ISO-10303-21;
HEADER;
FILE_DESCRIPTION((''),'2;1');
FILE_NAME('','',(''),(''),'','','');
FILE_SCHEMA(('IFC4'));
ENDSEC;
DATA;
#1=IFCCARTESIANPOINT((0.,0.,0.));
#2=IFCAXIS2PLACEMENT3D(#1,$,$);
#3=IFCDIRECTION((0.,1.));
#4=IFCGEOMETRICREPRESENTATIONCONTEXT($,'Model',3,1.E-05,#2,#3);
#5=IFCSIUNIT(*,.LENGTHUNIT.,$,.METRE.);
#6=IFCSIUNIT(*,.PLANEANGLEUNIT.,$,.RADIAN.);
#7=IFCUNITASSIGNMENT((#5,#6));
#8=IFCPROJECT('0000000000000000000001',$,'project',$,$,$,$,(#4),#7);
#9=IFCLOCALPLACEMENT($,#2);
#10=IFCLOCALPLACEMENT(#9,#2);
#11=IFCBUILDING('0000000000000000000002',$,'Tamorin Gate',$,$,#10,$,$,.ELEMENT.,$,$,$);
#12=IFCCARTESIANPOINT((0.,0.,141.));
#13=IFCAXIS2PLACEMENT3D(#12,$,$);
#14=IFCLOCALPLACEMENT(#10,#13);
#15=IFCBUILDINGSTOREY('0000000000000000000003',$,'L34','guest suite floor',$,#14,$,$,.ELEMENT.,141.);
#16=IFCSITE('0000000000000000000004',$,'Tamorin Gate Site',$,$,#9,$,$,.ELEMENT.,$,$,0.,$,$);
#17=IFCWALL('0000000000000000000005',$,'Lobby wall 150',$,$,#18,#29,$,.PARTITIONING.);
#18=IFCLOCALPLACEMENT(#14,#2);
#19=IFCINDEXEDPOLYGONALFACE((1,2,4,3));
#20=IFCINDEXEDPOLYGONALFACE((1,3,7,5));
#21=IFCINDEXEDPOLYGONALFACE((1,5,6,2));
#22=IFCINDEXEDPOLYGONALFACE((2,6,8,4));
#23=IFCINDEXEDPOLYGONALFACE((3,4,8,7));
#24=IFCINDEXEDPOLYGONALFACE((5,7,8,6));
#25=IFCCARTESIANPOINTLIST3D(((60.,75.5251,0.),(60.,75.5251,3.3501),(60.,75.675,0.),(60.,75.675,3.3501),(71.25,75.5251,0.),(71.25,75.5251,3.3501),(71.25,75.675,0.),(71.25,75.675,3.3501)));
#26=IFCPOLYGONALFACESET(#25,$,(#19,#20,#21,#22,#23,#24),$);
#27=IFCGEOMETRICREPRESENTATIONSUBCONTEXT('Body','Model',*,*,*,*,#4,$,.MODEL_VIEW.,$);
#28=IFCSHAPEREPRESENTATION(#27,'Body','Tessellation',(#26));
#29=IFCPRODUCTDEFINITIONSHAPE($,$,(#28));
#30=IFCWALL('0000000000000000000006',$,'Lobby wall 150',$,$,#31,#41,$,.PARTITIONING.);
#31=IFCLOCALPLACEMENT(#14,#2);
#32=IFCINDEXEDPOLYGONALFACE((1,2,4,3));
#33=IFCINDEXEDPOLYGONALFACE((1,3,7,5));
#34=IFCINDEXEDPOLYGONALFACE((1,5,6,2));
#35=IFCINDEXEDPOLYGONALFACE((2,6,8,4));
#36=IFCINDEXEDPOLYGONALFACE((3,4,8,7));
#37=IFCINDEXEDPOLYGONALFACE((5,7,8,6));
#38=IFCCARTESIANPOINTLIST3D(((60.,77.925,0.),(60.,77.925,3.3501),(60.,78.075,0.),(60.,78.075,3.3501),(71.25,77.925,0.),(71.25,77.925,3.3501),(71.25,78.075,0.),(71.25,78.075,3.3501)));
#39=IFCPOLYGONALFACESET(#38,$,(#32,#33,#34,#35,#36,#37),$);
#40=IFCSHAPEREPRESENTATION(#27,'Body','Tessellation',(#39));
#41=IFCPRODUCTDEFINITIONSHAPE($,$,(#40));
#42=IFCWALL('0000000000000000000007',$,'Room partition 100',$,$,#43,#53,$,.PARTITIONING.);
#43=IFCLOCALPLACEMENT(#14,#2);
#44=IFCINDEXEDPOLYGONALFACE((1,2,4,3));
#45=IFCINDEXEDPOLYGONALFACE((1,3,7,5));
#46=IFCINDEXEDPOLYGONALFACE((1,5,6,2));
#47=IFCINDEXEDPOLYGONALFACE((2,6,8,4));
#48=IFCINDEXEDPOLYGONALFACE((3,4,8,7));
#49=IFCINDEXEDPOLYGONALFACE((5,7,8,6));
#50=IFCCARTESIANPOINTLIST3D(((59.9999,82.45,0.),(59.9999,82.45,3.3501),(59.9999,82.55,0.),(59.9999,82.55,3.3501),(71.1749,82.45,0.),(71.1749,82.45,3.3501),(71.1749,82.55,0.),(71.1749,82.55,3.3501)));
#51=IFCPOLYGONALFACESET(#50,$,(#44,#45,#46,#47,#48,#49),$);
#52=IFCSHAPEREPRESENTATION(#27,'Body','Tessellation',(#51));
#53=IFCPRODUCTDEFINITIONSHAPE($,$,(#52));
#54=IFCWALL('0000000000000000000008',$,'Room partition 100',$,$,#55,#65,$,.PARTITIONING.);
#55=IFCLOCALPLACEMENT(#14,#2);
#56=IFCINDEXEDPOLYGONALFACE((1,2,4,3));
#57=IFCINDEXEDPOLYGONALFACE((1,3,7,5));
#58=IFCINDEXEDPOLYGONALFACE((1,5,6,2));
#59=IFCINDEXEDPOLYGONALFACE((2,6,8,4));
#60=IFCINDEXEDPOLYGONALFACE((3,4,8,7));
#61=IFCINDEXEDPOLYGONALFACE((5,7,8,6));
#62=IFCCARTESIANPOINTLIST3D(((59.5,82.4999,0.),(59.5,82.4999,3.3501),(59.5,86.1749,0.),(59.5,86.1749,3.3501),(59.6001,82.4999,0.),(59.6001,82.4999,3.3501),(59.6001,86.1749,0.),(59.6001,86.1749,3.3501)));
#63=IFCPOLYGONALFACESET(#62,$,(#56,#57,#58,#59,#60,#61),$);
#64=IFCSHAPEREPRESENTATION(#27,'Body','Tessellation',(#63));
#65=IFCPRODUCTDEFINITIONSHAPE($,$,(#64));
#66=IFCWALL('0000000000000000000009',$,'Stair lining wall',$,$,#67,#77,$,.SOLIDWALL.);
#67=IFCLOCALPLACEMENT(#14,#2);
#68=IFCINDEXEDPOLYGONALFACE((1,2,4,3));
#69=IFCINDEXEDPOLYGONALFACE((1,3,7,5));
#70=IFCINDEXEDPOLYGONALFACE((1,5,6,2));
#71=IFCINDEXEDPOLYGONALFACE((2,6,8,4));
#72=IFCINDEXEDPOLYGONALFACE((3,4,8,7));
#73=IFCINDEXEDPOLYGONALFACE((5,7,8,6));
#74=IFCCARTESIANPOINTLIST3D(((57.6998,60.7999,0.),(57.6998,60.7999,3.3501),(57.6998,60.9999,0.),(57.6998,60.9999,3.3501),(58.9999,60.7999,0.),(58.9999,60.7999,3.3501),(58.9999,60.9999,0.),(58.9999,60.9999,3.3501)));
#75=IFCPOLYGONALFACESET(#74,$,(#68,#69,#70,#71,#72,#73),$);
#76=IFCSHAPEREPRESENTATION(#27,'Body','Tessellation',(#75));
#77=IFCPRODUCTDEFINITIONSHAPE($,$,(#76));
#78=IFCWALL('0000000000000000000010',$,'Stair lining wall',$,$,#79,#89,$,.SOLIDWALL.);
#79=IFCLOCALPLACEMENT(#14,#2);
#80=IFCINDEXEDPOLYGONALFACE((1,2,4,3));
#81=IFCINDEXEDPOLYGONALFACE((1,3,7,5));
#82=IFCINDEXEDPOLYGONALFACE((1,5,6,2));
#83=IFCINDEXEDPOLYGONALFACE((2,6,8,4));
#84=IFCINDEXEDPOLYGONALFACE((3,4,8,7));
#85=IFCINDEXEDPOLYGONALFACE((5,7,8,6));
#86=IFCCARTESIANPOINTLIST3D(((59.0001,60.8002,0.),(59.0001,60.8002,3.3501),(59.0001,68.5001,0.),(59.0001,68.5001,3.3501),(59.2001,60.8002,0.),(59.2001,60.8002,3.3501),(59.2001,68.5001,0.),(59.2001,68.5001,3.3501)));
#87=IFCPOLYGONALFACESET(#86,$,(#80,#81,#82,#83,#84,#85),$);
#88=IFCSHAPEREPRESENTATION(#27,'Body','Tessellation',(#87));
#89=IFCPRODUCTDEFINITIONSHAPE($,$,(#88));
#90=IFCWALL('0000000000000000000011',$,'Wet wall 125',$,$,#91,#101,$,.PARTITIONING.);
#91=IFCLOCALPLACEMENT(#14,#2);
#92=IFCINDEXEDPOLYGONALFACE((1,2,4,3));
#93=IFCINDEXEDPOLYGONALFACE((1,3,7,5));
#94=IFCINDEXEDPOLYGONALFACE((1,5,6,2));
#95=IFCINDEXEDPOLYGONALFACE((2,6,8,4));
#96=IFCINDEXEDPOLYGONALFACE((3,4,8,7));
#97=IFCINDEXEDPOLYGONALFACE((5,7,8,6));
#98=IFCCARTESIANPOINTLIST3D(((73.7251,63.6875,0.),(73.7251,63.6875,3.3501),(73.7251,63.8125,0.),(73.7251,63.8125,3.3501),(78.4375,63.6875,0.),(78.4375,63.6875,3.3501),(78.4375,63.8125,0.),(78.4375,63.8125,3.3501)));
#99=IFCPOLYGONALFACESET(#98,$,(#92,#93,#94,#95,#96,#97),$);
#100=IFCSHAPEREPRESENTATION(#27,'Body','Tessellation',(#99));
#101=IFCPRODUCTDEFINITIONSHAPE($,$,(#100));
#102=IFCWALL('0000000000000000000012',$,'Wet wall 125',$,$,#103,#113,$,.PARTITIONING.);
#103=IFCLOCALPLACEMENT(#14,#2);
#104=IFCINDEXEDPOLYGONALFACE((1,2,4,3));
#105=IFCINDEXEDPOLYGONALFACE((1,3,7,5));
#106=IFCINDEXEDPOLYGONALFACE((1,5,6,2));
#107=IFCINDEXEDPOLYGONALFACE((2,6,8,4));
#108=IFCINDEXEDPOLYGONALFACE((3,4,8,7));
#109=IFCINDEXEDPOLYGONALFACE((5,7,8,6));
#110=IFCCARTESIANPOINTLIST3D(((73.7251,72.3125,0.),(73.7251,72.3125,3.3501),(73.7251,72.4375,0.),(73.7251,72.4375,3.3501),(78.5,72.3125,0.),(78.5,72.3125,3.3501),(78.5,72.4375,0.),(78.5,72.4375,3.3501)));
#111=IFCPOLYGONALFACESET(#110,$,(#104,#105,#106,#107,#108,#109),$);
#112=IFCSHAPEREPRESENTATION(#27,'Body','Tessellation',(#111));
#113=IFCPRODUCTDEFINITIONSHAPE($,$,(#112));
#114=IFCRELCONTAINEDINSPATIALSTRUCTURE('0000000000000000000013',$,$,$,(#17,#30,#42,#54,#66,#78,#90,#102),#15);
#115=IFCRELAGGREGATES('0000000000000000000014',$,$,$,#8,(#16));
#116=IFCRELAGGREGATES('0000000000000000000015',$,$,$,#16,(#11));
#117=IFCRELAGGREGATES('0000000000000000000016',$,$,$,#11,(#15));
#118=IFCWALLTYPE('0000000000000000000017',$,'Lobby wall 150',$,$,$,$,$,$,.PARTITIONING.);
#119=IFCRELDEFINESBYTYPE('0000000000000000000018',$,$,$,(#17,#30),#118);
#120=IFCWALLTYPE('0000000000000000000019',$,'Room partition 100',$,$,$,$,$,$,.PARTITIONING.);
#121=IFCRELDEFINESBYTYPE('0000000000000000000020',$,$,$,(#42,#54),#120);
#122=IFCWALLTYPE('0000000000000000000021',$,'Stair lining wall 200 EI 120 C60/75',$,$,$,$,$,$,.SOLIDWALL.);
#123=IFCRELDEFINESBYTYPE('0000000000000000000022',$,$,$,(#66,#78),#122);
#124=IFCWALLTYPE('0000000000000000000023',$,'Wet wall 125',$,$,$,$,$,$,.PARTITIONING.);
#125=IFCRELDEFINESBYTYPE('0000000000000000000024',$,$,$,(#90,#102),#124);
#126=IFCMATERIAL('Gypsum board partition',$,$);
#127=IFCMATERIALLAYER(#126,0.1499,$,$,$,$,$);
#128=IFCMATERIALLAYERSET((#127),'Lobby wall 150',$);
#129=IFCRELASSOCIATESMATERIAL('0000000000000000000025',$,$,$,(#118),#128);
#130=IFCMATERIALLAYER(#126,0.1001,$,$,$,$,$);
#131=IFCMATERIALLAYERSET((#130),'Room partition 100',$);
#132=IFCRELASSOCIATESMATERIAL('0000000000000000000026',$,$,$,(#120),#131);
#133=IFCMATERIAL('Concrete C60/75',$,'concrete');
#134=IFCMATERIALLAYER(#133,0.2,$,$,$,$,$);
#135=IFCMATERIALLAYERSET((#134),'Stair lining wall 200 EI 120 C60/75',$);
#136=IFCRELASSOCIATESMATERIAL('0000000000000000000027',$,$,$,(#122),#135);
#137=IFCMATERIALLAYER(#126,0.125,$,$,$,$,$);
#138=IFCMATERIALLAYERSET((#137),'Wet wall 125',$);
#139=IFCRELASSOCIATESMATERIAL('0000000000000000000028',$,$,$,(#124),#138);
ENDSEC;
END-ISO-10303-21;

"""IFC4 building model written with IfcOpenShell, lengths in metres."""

from ifc_helpers import new_model, si_unit, direction, frame, frame_2d, origin, place, context, subcontext, project, spatial, rectangle, extrude, material, layer, layer_set, type_object, element, save


model = new_model("IFC4")

# Units and contexts
model_context = context("Model", 3, precision=1e-05, world=origin(), true_north=direction((0.0, 1.0)))
body_context = subcontext(model_context, "Body", "Model", "MODEL_VIEW")
ifc_project = project(units=[si_unit("LENGTHUNIT", "METRE"), si_unit("PLANEANGLEUNIT", "RADIAN")], contexts=[model_context])

# Site, building, storey
site_placement = place(None, origin())
site = spatial("IfcSite", under=ifc_project, at=site_placement, Name="Tamorin Gate Site", CompositionType="ELEMENT", RefElevation=0.0)
building_placement = place(site_placement, origin())
building = spatial("IfcBuilding", under=site, at=building_placement, Name="Tamorin Gate", CompositionType="ELEMENT")
storey_placement = place(building_placement, frame((0.0, 0.0, 141.0)))
storey = spatial("IfcBuildingStorey", under=building, at=storey_placement, Name="L34", Description="guest suite floor", CompositionType="ELEMENT", Elevation=141.0)

# Shared definitions
ifc_material_1 = material(Name="Concrete C60/75", Category="concrete")

# Shared definitions
ifc_material_2 = material(Name="Gypsum board partition")

# Walls
ifc_layer_1 = layer(ifc_material_2, 0.1499)
ifc_layer_set_1 = layer_set([ifc_layer_1], Name="Lobby wall 150")
wall_type_1 = type_object("IfcWallType", Name="Lobby wall 150", PredefinedType="PARTITIONING", material=ifc_layer_set_1)
for number, where, z_axis, x_axis, name in (
    (1, (60.0, 75.6001, 0.0), (0.0, 0.0, 1.0), (1.0, 0.0, 0.0), "Lobby wall 150"),
    (2, (60.0, 78.0, 0.0), (0.0, 0.0, 1.0), (1.0, 0.0, 0.0), "Lobby wall 150"),
):
    element("IfcWall", number, at=place(storey_placement, frame(where, z_axis=z_axis, x_axis=x_axis)), inside=storey, type_object=wall_type_1, Name=name, PredefinedType="PARTITIONING", context=body_context, shape_type="SweptSolid", body=[
        extrude(rectangle(XDim=11.25, YDim=0.1499, at=frame_2d((5.625, 0.0))), origin(), (0.0, 0.0, 1.0), 3.3501),
    ])
ifc_layer_2 = layer(ifc_material_2, 0.1001)
ifc_layer_set_2 = layer_set([ifc_layer_2], Name="Room partition 100")
wall_type_2 = type_object("IfcWallType", Name="Room partition 100", PredefinedType="PARTITIONING", material=ifc_layer_set_2)
wall_1_placement = place(storey_placement, frame((60.0, 82.5, 0.0), z_axis=(0.0, 0.0, 1.0), x_axis=(1.0, 0.0, 0.0)))
element("IfcWall", 3, at=wall_1_placement, inside=storey, type_object=wall_type_2, Name="Room partition 100", PredefinedType="PARTITIONING", context=body_context, shape_type="SweptSolid", body=[
    extrude(rectangle(XDim=11.175, YDim=0.1001, at=frame_2d((5.5874, 0.0))), origin(), (0.0, 0.0, 1.0), 3.3501),
])
wall_2_placement = place(storey_placement, frame((59.55, 82.5, 0.0), z_axis=(0.0, 0.0, 1.0), x_axis=(0.0, 1.0, 0.0)))
element("IfcWall", 4, at=wall_2_placement, inside=storey, type_object=wall_type_2, Name="Room partition 100", PredefinedType="PARTITIONING", context=body_context, shape_type="SweptSolid", body=[
    extrude(rectangle(XDim=3.675, YDim=0.1001, at=frame_2d((1.8374, 0.0))), origin(), (0.0, 0.0, 1.0), 3.3501),
])
ifc_layer_3 = layer(ifc_material_1, 0.2)
ifc_layer_set_3 = layer_set([ifc_layer_3], Name="Stair lining wall 200 EI 120 C60/75")
wall_type_3 = type_object("IfcWallType", Name="Stair lining wall 200 EI 120 C60/75", PredefinedType="SOLIDWALL", material=ifc_layer_set_3)
wall_3_placement = place(storey_placement, frame((57.7, 60.8999, 0.0), z_axis=(0.0, 0.0, 1.0), x_axis=(1.0, 0.0, 0.0)))
element("IfcWall", 5, at=wall_3_placement, inside=storey, type_object=wall_type_3, Name="Stair lining wall", PredefinedType="SOLIDWALL", context=body_context, shape_type="SweptSolid", body=[
    extrude(rectangle(XDim=1.3, YDim=0.2, at=frame_2d((0.6499, 0.0))), origin(), (0.0, 0.0, 1.0), 3.3501),
])
wall_4_placement = place(storey_placement, frame((59.1001, 60.8, 0.0), z_axis=(0.0, 0.0, 1.0), x_axis=(0.0, 1.0, 0.0)))
element("IfcWall", 6, at=wall_4_placement, inside=storey, type_object=wall_type_3, Name="Stair lining wall", PredefinedType="SOLIDWALL", context=body_context, shape_type="SweptSolid", body=[
    extrude(rectangle(XDim=7.7, YDim=0.2, at=frame_2d((3.8501, 0.0))), origin(), (0.0, 0.0, 1.0), 3.3501),
])
ifc_layer_4 = layer(ifc_material_2, 0.125)
ifc_layer_set_4 = layer_set([ifc_layer_4], Name="Wet wall 125")
wall_type_4 = type_object("IfcWallType", Name="Wet wall 125", PredefinedType="PARTITIONING", material=ifc_layer_set_4)
wall_5_placement = place(storey_placement, frame((73.7251, 63.75, 0.0), z_axis=(0.0, 0.0, 1.0), x_axis=(1.0, 0.0, 0.0)))
element("IfcWall", 7, at=wall_5_placement, inside=storey, type_object=wall_type_4, Name="Wet wall 125", PredefinedType="PARTITIONING", context=body_context, shape_type="SweptSolid", body=[
    extrude(rectangle(XDim=4.7124, YDim=0.125, at=frame_2d((2.3562, 0.0))), origin(), (0.0, 0.0, 1.0), 3.3501),
])
wall_6_placement = place(storey_placement, frame((73.7251, 72.375, 0.0), z_axis=(0.0, 0.0, 1.0), x_axis=(1.0, 0.0, 0.0)))
element("IfcWall", 8, at=wall_6_placement, inside=storey, type_object=wall_type_4, Name="Wet wall 125", PredefinedType="PARTITIONING", context=body_context, shape_type="SweptSolid", body=[
    extrude(rectangle(XDim=4.7749, YDim=0.125, at=frame_2d((2.3875, 0.0))), origin(), (0.0, 0.0, 1.0), 3.3501),
])

save(model, "model.ifc")
